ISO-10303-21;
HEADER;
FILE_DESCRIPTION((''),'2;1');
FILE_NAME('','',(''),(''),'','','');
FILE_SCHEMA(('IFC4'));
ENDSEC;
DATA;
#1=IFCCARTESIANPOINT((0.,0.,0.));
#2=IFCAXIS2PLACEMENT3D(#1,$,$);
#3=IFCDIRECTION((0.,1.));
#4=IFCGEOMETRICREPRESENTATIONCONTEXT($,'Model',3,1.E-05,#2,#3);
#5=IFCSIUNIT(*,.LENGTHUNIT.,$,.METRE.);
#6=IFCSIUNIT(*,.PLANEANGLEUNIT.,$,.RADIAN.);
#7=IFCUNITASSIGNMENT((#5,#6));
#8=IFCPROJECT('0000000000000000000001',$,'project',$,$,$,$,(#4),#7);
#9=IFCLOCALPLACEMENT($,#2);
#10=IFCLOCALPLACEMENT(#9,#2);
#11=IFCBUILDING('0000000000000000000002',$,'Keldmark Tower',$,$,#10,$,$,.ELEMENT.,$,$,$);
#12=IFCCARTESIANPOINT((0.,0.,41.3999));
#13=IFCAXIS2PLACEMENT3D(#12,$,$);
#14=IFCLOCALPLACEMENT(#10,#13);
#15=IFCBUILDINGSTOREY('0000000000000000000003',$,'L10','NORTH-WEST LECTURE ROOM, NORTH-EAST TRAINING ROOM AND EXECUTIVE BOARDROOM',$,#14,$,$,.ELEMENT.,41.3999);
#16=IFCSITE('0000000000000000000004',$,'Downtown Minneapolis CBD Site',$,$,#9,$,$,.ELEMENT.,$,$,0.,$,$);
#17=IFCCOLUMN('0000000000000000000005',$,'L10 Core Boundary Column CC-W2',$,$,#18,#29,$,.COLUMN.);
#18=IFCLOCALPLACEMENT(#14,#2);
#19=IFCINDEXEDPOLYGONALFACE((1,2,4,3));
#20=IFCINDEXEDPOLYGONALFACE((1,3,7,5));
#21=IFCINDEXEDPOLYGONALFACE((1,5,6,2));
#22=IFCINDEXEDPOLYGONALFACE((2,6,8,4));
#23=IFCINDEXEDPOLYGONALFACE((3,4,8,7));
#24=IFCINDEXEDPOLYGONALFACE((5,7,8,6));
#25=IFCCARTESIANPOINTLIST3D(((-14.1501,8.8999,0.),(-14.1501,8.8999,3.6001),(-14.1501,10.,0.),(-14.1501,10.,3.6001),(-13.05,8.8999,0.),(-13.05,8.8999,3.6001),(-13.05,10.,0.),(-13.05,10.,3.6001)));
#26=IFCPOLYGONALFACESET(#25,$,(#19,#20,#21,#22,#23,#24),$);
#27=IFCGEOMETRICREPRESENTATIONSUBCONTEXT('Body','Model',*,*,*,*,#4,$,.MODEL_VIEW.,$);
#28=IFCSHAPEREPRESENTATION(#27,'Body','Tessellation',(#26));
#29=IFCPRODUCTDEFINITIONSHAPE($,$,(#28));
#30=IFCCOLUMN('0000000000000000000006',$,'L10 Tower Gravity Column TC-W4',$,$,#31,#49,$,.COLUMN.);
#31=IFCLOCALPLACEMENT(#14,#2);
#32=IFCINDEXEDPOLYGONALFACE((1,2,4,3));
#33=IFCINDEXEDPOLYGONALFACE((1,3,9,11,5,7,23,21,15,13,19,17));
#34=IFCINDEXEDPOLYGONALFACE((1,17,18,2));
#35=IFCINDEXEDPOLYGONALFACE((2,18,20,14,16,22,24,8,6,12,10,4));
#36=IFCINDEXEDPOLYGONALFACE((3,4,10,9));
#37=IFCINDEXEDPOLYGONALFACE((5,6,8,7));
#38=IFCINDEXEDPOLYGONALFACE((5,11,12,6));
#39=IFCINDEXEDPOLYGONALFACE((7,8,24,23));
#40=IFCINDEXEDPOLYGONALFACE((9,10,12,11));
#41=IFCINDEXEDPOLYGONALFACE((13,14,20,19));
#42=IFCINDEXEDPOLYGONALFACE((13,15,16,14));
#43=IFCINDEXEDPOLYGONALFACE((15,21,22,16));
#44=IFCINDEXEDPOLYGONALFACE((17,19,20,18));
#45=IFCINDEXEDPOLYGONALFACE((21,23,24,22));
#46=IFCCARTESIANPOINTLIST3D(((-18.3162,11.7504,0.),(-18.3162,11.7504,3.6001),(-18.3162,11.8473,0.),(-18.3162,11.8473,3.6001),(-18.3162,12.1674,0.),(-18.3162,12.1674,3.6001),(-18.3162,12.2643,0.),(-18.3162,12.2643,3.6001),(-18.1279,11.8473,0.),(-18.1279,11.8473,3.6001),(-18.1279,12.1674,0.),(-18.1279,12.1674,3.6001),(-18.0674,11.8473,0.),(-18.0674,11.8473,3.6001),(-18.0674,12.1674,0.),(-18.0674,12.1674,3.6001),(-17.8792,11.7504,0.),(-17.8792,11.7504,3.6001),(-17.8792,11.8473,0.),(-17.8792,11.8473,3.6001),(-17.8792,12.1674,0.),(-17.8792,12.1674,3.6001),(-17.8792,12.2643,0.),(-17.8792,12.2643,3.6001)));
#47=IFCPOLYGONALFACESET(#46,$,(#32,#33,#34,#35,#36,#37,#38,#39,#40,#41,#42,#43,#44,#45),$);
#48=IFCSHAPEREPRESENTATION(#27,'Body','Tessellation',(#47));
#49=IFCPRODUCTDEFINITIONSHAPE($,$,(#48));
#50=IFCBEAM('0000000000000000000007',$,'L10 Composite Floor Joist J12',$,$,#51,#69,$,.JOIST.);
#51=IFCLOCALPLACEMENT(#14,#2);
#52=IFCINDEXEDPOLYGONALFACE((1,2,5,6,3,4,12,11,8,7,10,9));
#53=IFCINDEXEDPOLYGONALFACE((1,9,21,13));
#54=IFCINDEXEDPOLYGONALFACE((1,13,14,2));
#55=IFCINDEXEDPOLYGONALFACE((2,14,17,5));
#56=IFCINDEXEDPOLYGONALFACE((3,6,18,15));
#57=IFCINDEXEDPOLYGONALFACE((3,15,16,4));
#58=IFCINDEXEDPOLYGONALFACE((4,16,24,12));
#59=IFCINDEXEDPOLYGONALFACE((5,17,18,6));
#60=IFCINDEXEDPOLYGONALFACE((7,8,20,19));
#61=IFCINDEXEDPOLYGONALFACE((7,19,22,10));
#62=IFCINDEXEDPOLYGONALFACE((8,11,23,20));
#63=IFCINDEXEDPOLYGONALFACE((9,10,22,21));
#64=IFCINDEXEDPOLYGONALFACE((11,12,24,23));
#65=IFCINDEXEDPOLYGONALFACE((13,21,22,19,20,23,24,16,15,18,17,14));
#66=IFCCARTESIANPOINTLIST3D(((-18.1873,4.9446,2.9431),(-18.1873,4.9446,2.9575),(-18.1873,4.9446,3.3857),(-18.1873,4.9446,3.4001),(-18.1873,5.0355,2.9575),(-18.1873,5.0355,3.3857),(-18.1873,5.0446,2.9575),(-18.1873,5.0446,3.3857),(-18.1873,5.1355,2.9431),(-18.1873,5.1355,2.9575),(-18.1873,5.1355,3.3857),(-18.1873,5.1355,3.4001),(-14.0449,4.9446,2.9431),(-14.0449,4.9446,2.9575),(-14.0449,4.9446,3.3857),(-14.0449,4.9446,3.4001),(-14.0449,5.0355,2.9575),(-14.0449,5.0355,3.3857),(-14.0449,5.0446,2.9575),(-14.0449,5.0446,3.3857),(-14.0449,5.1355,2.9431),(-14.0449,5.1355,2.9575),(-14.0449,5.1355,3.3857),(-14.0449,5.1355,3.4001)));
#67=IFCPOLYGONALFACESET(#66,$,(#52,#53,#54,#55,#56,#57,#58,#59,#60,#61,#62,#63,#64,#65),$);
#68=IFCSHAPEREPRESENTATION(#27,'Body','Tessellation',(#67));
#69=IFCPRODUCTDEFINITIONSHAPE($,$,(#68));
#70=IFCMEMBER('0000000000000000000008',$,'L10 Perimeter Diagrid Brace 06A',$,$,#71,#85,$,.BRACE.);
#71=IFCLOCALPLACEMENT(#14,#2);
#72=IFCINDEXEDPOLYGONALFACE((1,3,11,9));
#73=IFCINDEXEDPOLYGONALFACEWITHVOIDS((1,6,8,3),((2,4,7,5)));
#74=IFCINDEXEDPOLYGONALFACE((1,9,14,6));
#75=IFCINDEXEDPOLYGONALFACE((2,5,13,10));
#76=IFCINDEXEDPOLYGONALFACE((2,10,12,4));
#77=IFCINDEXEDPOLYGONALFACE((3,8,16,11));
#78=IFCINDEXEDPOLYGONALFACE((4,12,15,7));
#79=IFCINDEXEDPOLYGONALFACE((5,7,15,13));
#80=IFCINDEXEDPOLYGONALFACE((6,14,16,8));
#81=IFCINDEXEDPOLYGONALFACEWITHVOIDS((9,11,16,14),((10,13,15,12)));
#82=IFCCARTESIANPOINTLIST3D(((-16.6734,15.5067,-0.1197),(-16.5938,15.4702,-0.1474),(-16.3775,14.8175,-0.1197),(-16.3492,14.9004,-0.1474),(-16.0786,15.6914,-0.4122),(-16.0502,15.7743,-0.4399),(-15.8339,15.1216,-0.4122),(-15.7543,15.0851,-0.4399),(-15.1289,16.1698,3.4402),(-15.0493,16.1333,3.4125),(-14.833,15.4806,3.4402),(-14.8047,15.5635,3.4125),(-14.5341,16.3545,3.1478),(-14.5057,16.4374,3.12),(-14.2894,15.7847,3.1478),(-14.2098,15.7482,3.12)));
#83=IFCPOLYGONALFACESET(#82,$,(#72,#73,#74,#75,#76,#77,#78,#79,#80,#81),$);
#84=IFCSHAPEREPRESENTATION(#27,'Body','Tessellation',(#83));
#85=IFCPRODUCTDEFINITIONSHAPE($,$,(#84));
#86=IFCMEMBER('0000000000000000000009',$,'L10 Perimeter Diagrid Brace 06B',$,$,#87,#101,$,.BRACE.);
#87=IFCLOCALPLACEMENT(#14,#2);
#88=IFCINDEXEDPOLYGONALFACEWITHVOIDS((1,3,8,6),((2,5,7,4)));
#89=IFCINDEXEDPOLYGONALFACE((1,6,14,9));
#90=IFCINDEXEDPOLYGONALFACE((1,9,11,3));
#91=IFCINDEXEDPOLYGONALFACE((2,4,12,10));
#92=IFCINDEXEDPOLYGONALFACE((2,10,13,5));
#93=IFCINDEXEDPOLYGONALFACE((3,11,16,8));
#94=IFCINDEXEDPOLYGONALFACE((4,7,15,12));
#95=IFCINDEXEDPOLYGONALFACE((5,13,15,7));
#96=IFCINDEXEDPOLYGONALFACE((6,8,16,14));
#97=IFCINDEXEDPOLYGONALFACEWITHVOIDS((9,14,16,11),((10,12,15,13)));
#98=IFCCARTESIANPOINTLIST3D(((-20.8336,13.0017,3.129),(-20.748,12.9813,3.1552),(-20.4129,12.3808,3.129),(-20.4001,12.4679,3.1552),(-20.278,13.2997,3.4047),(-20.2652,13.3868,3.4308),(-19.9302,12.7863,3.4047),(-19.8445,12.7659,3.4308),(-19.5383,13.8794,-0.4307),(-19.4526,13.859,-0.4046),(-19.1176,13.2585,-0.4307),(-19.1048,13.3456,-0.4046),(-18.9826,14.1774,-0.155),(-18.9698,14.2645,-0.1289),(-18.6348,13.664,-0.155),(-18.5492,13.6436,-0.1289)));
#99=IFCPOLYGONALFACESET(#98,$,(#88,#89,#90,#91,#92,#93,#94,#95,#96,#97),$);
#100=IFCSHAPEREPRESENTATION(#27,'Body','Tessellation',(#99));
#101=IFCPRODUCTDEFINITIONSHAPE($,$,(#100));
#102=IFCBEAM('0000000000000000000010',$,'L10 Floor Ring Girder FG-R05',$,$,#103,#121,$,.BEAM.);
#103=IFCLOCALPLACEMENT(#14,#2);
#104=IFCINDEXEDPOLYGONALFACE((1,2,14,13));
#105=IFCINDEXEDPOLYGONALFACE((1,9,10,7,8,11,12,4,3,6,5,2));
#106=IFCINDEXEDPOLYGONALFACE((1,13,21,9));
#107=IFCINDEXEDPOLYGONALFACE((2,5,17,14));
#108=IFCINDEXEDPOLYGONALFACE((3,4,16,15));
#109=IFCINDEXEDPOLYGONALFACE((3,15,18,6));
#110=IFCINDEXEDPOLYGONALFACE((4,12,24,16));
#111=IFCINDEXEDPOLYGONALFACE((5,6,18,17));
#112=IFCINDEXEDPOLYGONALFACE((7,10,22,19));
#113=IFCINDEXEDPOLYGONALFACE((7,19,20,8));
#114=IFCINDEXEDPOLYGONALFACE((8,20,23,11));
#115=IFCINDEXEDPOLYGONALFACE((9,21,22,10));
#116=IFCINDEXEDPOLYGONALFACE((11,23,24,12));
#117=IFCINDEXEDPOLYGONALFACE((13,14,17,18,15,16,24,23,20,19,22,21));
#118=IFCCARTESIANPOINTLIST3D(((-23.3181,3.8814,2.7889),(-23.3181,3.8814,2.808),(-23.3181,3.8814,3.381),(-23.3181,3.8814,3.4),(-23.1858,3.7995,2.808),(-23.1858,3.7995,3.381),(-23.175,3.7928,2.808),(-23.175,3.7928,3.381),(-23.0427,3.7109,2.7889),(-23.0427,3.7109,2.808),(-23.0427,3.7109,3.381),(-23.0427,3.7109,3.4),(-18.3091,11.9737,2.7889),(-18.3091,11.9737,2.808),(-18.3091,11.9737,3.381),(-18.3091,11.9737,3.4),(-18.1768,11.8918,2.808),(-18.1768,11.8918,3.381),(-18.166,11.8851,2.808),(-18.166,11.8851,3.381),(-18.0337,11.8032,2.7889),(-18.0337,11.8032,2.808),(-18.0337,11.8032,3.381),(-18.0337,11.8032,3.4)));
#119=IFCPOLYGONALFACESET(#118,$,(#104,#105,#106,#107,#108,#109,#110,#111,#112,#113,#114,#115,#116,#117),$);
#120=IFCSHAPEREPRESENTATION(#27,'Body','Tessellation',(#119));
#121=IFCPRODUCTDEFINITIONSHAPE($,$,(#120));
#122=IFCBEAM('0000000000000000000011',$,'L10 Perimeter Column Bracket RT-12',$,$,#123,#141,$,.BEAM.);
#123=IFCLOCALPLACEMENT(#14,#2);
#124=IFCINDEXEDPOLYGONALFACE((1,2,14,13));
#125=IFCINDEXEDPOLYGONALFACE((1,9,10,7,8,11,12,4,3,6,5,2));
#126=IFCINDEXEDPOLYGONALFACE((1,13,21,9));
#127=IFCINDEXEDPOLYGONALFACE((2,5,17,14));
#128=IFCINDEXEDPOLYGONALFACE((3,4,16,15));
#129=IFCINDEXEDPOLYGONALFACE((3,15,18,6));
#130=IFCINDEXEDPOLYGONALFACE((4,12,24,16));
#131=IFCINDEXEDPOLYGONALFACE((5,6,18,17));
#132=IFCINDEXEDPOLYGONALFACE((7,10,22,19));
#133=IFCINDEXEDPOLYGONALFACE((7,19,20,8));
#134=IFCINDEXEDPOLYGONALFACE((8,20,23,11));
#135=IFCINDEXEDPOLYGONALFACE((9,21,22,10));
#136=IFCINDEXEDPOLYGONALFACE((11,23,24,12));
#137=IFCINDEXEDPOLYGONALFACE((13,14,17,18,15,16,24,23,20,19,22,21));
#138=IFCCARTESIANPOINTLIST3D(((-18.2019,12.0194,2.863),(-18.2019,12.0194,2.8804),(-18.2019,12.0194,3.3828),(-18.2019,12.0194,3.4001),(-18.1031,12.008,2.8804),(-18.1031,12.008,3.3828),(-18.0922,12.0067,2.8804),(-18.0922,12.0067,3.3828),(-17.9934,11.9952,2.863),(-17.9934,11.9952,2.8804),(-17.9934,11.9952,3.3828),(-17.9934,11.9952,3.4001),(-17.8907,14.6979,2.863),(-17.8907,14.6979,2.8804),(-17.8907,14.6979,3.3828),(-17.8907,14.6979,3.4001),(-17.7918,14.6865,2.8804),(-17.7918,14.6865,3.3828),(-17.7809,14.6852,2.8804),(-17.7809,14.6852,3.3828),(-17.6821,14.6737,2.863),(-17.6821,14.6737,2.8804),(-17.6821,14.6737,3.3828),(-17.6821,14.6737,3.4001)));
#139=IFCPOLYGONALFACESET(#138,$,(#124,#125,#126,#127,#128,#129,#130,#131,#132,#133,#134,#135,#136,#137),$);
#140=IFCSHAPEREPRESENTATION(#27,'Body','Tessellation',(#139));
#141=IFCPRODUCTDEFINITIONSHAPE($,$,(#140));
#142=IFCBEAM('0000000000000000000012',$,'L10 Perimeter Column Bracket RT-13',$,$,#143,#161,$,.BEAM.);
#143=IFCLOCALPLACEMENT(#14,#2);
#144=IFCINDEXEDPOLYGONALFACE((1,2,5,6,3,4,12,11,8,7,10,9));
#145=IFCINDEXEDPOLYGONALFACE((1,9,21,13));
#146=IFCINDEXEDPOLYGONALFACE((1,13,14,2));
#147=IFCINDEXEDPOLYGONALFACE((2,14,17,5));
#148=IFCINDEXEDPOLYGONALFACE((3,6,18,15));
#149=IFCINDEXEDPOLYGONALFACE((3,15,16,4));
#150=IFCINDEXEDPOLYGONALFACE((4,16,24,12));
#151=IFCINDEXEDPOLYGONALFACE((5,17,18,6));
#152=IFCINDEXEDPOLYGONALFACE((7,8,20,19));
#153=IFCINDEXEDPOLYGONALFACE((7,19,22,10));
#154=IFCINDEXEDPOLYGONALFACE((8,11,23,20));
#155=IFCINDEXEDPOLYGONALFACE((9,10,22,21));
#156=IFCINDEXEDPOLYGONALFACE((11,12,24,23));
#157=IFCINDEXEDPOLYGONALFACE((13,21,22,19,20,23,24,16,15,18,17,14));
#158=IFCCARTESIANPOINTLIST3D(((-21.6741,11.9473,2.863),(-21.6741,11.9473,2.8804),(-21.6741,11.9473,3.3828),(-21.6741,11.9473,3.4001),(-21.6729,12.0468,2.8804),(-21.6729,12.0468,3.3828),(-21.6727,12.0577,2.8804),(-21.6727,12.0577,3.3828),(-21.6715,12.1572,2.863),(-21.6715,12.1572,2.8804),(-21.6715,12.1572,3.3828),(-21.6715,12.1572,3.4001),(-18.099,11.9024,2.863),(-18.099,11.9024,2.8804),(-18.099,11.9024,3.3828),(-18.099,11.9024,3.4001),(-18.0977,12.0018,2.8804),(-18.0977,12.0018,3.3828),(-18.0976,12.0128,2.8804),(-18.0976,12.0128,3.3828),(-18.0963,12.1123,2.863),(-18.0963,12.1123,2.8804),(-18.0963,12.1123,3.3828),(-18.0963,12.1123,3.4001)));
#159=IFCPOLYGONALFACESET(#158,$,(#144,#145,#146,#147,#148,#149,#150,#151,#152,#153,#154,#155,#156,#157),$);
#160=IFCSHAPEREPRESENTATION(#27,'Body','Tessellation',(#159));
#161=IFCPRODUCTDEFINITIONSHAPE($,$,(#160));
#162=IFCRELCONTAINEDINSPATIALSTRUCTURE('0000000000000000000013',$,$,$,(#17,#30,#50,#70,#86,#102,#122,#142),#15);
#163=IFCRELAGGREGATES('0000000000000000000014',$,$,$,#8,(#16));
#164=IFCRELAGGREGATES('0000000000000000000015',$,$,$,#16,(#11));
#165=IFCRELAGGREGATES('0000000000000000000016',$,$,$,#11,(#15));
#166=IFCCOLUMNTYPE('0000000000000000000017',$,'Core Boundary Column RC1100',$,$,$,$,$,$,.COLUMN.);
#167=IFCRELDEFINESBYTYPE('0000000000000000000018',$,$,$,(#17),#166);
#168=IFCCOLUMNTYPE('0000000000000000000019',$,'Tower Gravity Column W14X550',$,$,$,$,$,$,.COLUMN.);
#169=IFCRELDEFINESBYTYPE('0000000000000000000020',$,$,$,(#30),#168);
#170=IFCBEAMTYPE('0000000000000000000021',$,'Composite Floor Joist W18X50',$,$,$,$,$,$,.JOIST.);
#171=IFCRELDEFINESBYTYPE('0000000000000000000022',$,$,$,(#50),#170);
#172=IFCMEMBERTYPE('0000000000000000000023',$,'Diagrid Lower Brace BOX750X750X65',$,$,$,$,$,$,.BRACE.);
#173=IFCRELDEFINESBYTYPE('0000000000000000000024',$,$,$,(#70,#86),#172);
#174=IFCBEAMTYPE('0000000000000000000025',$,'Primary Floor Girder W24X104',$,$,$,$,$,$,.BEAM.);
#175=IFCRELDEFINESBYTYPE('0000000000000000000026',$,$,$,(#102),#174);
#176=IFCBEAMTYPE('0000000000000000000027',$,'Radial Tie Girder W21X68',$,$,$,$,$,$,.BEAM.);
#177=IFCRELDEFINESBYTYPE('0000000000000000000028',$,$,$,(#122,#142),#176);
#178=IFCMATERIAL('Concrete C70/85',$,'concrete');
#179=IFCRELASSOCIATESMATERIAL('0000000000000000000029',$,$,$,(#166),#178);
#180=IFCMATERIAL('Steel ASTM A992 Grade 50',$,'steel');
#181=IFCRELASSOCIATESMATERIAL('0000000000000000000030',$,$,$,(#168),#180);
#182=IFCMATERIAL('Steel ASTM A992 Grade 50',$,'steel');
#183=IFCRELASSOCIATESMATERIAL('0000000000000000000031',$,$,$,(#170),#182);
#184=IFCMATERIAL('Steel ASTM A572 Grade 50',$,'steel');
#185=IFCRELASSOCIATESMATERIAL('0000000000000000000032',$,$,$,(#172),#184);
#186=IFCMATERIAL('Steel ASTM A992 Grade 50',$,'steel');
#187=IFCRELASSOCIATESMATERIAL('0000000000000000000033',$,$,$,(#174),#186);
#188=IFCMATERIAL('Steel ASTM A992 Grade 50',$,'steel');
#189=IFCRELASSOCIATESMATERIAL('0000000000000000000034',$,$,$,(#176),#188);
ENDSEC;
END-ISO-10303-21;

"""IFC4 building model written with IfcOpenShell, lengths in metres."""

from ifc_helpers import new_model, si_unit, direction, frame, origin, origin_2d, place, context, subcontext, project, spatial, rectangle, hollow_rectangle, i_section, extrude, material, material_profile, profile_set, type_object, element, save


model = new_model("IFC4")

# Units and contexts
model_context = context("Model", 3, precision=1e-05, world=origin(), true_north=direction((0.0, 1.0)))
body_context = subcontext(model_context, "Body", "Model", "MODEL_VIEW")
ifc_project = project(units=[si_unit("LENGTHUNIT", "METRE"), si_unit("PLANEANGLEUNIT", "RADIAN")], contexts=[model_context])

# Site, building, storey
site_placement = place(None, origin())
site = spatial("IfcSite", under=ifc_project, at=site_placement, Name="Downtown Minneapolis CBD Site", CompositionType="ELEMENT", RefElevation=0.0)
building_placement = place(site_placement, origin())
building = spatial("IfcBuilding", under=site, at=building_placement, Name="Keldmark Tower", CompositionType="ELEMENT")
storey_placement = place(building_placement, frame((0.0, 0.0, 41.3999)))
storey = spatial("IfcBuildingStorey", under=building, at=storey_placement, Name="L10", Description="NORTH-WEST LECTURE ROOM, NORTH-EAST TRAINING ROOM AND EXECUTIVE BOARDROOM", CompositionType="ELEMENT", Elevation=41.3999)

# Columns
ifc_material_1 = material(Name="Concrete C70/85", Category="concrete")
ifc_material_profile_1 = material_profile(ifc_material_1, rectangle(XDim=1.1001, YDim=1.1001, at=origin_2d()), Name="RC1100X1100")
ifc_profile_set_1 = profile_set([ifc_material_profile_1], Name="Concrete C70/85")
column_type_1 = type_object("IfcColumnType", Name="Core Boundary Column RC1100", PredefinedType="COLUMN", material=ifc_profile_set_1)
column_1_placement = place(storey_placement, frame((-13.6001, 9.45, 0.0), z_axis=(0.0, 0.0, 1.0), x_axis=(1.0, 0.0, 0.0)))
element("IfcColumn", 1, at=column_1_placement, inside=storey, type_object=column_type_1, Name="L10 Core Boundary Column CC-W2", PredefinedType="COLUMN", context=body_context, shape_type="SweptSolid", body=[
    extrude(rectangle(XDim=1.1001, YDim=1.1001, at=origin_2d()), origin(), (0.0, 0.0, 1.0), 3.6001),
])
ifc_material_2 = material(Name="Steel ASTM A992 Grade 50", Category="steel")
ifc_material_profile_2 = material_profile(ifc_material_2, i_section(OverallWidth=0.437, OverallDepth=0.5139, WebThickness=0.0605, FlangeThickness=0.0969, at=origin_2d()), Name="W14X550")
ifc_profile_set_2 = profile_set([ifc_material_profile_2], Name="Steel ASTM A992 Grade 50")
column_type_2 = type_object("IfcColumnType", Name="Tower Gravity Column W14X550", PredefinedType="COLUMN", material=ifc_profile_set_2)
column_2_placement = place(storey_placement, frame((-18.0977, 12.0073, 0.0), z_axis=(0.0, 0.0, 1.0), x_axis=(1.0, 0.0, 0.0)))
element("IfcColumn", 2, at=column_2_placement, inside=storey, type_object=column_type_2, Name="L10 Tower Gravity Column TC-W4", PredefinedType="COLUMN", context=body_context, shape_type="SweptSolid", body=[
    extrude(i_section(OverallWidth=0.437, OverallDepth=0.5139, WebThickness=0.0605, FlangeThickness=0.0969, at=origin_2d()), origin(), (0.0, 0.0, 1.0), 3.6001),
])

# Beam
ifc_material_3 = material(Name="Steel ASTM A992 Grade 50", Category="steel")
ifc_material_profile_3 = material_profile(ifc_material_3, i_section(OverallWidth=0.1909, OverallDepth=0.457, WebThickness=0.009, FlangeThickness=0.0144, at=origin_2d()), Name="W18X50")
ifc_profile_set_3 = profile_set([ifc_material_profile_3], Name="Steel ASTM A992 Grade 50")
beam_type_1 = type_object("IfcBeamType", Name="Composite Floor Joist W18X50", PredefinedType="JOIST", material=ifc_profile_set_3)
beam_1_placement = place(storey_placement, frame((-18.1873, 5.04, 3.1716), z_axis=(1.0, 0.0, 0.0), x_axis=(0.0, 1.0, 0.0)))
element("IfcBeam", 3, at=beam_1_placement, inside=storey, type_object=beam_type_1, Name="L10 Composite Floor Joist J12", PredefinedType="JOIST", context=body_context, shape_type="SweptSolid", body=[
    extrude(i_section(OverallWidth=0.1909, OverallDepth=0.457, WebThickness=0.009, FlangeThickness=0.0144, at=origin_2d()), origin(), (0.0, 0.0, 1.0), 4.1423),
])

# Members
ifc_material_4 = material(Name="Steel ASTM A572 Grade 50", Category="steel")
ifc_material_profile_4 = material_profile(ifc_material_4, hollow_rectangle(XDim=0.75, YDim=0.75, WallThickness=0.0649, at=origin_2d()), Name="BOX750X750X65")
ifc_profile_set_4 = profile_set([ifc_material_profile_4], Name="Steel ASTM A572 Grade 50")
member_type = type_object("IfcMemberType", Name="Diagrid Lower Brace BOX750X750X65", PredefinedType="BRACE", material=ifc_profile_set_4)
member_1_placement = place(storey_placement, frame((-16.2139, 15.2959, -0.2798), z_axis=(0.392321, 0.168439, 0.904274), x_axis=(-0.394515, 0.918889, 0.0)))
element("IfcMember", 4, at=member_1_placement, inside=storey, type_object=member_type, Name="L10 Perimeter Diagrid Brace 06A", PredefinedType="BRACE", context=body_context, shape_type="SweptSolid", body=[
    extrude(hollow_rectangle(XDim=0.75, YDim=0.75, WallThickness=0.0649, at=origin_2d()), origin(), (0.0, 0.0, 1.0), 3.9368),
])
member_2_placement = place(storey_placement, frame((-19.0437, 13.7615, -0.2798), z_axis=(-0.333136, -0.225711, 0.915464), x_axis=(0.560914, -0.827874, 0.0)))
element("IfcMember", 5, at=member_2_placement, inside=storey, type_object=member_type, Name="L10 Perimeter Diagrid Brace 06B", PredefinedType="BRACE", context=body_context, shape_type="SweptSolid", body=[
    extrude(hollow_rectangle(XDim=0.75, YDim=0.75, WallThickness=0.0649, at=origin_2d()), origin(), (0.0, 0.0, 1.0), 3.8884),
])

# Beams
ifc_material_5 = material(Name="Steel ASTM A992 Grade 50", Category="steel")
ifc_material_profile_5 = material_profile(ifc_material_5, i_section(OverallWidth=0.324, OverallDepth=0.6111, WebThickness=0.0127, FlangeThickness=0.019, at=origin_2d()), Name="W24X104")
ifc_profile_set_5 = profile_set([ifc_material_profile_5], Name="Steel ASTM A992 Grade 50")
beam_type_2 = type_object("IfcBeamType", Name="Primary Floor Girder W24X104", PredefinedType="BEAM", material=ifc_profile_set_5)
beam_2_placement = place(storey_placement, frame((-18.1714, 11.8884, 3.0945), z_axis=(-0.526318, -0.850288, 0.0), x_axis=(0.850288, -0.526318, 0.0)))
element("IfcBeam", 6, at=beam_2_placement, inside=storey, type_object=beam_type_2, Name="L10 Floor Ring Girder FG-R05", PredefinedType="BEAM", context=body_context, shape_type="SweptSolid", body=[
    extrude(i_section(OverallWidth=0.324, OverallDepth=0.6111, WebThickness=0.0127, FlangeThickness=0.019, at=origin_2d()), origin(), (0.0, 0.0, 1.0), 9.5171),
])
ifc_material_6 = material(Name="Steel ASTM A992 Grade 50", Category="steel")
ifc_material_profile_6 = material_profile(ifc_material_6, i_section(OverallWidth=0.21, OverallDepth=0.5371, WebThickness=0.011, FlangeThickness=0.0173, at=origin_2d()), Name="W21X68")
ifc_profile_set_6 = profile_set([ifc_material_profile_6], Name="Steel ASTM A992 Grade 50")
beam_type_3 = type_object("IfcBeamType", Name="Radial Tie Girder W21X68", PredefinedType="BEAM", material=ifc_profile_set_6)
beam_3_placement = place(storey_placement, frame((-18.0977, 12.0073, 3.1316), z_axis=(0.115439, 0.993315, 0.0), x_axis=(-0.993315, 0.115439, 0.0)))
element("IfcBeam", 7, at=beam_3_placement, inside=storey, type_object=beam_type_3, Name="L10 Perimeter Column Bracket RT-12", PredefinedType="BEAM", context=body_context, shape_type="SweptSolid", body=[
    extrude(i_section(OverallWidth=0.21, OverallDepth=0.5371, WebThickness=0.011, FlangeThickness=0.0173, at=origin_2d()), origin(), (0.0, 0.0, 1.0), 2.6965),
])
beam_4_placement = place(storey_placement, frame((-18.0977, 12.0073, 3.1316), z_axis=(-0.999921, 0.012564, 0.0), x_axis=(-0.012564, -0.999921, 0.0)))
element("IfcBeam", 8, at=beam_4_placement, inside=storey, type_object=beam_type_3, Name="L10 Perimeter Column Bracket RT-13", PredefinedType="BEAM", context=body_context, shape_type="SweptSolid", body=[
    extrude(i_section(OverallWidth=0.21, OverallDepth=0.5371, WebThickness=0.011, FlangeThickness=0.0173, at=origin_2d()), origin(), (0.0, 0.0, 1.0), 3.5754),
])

save(model, "model.ifc")
